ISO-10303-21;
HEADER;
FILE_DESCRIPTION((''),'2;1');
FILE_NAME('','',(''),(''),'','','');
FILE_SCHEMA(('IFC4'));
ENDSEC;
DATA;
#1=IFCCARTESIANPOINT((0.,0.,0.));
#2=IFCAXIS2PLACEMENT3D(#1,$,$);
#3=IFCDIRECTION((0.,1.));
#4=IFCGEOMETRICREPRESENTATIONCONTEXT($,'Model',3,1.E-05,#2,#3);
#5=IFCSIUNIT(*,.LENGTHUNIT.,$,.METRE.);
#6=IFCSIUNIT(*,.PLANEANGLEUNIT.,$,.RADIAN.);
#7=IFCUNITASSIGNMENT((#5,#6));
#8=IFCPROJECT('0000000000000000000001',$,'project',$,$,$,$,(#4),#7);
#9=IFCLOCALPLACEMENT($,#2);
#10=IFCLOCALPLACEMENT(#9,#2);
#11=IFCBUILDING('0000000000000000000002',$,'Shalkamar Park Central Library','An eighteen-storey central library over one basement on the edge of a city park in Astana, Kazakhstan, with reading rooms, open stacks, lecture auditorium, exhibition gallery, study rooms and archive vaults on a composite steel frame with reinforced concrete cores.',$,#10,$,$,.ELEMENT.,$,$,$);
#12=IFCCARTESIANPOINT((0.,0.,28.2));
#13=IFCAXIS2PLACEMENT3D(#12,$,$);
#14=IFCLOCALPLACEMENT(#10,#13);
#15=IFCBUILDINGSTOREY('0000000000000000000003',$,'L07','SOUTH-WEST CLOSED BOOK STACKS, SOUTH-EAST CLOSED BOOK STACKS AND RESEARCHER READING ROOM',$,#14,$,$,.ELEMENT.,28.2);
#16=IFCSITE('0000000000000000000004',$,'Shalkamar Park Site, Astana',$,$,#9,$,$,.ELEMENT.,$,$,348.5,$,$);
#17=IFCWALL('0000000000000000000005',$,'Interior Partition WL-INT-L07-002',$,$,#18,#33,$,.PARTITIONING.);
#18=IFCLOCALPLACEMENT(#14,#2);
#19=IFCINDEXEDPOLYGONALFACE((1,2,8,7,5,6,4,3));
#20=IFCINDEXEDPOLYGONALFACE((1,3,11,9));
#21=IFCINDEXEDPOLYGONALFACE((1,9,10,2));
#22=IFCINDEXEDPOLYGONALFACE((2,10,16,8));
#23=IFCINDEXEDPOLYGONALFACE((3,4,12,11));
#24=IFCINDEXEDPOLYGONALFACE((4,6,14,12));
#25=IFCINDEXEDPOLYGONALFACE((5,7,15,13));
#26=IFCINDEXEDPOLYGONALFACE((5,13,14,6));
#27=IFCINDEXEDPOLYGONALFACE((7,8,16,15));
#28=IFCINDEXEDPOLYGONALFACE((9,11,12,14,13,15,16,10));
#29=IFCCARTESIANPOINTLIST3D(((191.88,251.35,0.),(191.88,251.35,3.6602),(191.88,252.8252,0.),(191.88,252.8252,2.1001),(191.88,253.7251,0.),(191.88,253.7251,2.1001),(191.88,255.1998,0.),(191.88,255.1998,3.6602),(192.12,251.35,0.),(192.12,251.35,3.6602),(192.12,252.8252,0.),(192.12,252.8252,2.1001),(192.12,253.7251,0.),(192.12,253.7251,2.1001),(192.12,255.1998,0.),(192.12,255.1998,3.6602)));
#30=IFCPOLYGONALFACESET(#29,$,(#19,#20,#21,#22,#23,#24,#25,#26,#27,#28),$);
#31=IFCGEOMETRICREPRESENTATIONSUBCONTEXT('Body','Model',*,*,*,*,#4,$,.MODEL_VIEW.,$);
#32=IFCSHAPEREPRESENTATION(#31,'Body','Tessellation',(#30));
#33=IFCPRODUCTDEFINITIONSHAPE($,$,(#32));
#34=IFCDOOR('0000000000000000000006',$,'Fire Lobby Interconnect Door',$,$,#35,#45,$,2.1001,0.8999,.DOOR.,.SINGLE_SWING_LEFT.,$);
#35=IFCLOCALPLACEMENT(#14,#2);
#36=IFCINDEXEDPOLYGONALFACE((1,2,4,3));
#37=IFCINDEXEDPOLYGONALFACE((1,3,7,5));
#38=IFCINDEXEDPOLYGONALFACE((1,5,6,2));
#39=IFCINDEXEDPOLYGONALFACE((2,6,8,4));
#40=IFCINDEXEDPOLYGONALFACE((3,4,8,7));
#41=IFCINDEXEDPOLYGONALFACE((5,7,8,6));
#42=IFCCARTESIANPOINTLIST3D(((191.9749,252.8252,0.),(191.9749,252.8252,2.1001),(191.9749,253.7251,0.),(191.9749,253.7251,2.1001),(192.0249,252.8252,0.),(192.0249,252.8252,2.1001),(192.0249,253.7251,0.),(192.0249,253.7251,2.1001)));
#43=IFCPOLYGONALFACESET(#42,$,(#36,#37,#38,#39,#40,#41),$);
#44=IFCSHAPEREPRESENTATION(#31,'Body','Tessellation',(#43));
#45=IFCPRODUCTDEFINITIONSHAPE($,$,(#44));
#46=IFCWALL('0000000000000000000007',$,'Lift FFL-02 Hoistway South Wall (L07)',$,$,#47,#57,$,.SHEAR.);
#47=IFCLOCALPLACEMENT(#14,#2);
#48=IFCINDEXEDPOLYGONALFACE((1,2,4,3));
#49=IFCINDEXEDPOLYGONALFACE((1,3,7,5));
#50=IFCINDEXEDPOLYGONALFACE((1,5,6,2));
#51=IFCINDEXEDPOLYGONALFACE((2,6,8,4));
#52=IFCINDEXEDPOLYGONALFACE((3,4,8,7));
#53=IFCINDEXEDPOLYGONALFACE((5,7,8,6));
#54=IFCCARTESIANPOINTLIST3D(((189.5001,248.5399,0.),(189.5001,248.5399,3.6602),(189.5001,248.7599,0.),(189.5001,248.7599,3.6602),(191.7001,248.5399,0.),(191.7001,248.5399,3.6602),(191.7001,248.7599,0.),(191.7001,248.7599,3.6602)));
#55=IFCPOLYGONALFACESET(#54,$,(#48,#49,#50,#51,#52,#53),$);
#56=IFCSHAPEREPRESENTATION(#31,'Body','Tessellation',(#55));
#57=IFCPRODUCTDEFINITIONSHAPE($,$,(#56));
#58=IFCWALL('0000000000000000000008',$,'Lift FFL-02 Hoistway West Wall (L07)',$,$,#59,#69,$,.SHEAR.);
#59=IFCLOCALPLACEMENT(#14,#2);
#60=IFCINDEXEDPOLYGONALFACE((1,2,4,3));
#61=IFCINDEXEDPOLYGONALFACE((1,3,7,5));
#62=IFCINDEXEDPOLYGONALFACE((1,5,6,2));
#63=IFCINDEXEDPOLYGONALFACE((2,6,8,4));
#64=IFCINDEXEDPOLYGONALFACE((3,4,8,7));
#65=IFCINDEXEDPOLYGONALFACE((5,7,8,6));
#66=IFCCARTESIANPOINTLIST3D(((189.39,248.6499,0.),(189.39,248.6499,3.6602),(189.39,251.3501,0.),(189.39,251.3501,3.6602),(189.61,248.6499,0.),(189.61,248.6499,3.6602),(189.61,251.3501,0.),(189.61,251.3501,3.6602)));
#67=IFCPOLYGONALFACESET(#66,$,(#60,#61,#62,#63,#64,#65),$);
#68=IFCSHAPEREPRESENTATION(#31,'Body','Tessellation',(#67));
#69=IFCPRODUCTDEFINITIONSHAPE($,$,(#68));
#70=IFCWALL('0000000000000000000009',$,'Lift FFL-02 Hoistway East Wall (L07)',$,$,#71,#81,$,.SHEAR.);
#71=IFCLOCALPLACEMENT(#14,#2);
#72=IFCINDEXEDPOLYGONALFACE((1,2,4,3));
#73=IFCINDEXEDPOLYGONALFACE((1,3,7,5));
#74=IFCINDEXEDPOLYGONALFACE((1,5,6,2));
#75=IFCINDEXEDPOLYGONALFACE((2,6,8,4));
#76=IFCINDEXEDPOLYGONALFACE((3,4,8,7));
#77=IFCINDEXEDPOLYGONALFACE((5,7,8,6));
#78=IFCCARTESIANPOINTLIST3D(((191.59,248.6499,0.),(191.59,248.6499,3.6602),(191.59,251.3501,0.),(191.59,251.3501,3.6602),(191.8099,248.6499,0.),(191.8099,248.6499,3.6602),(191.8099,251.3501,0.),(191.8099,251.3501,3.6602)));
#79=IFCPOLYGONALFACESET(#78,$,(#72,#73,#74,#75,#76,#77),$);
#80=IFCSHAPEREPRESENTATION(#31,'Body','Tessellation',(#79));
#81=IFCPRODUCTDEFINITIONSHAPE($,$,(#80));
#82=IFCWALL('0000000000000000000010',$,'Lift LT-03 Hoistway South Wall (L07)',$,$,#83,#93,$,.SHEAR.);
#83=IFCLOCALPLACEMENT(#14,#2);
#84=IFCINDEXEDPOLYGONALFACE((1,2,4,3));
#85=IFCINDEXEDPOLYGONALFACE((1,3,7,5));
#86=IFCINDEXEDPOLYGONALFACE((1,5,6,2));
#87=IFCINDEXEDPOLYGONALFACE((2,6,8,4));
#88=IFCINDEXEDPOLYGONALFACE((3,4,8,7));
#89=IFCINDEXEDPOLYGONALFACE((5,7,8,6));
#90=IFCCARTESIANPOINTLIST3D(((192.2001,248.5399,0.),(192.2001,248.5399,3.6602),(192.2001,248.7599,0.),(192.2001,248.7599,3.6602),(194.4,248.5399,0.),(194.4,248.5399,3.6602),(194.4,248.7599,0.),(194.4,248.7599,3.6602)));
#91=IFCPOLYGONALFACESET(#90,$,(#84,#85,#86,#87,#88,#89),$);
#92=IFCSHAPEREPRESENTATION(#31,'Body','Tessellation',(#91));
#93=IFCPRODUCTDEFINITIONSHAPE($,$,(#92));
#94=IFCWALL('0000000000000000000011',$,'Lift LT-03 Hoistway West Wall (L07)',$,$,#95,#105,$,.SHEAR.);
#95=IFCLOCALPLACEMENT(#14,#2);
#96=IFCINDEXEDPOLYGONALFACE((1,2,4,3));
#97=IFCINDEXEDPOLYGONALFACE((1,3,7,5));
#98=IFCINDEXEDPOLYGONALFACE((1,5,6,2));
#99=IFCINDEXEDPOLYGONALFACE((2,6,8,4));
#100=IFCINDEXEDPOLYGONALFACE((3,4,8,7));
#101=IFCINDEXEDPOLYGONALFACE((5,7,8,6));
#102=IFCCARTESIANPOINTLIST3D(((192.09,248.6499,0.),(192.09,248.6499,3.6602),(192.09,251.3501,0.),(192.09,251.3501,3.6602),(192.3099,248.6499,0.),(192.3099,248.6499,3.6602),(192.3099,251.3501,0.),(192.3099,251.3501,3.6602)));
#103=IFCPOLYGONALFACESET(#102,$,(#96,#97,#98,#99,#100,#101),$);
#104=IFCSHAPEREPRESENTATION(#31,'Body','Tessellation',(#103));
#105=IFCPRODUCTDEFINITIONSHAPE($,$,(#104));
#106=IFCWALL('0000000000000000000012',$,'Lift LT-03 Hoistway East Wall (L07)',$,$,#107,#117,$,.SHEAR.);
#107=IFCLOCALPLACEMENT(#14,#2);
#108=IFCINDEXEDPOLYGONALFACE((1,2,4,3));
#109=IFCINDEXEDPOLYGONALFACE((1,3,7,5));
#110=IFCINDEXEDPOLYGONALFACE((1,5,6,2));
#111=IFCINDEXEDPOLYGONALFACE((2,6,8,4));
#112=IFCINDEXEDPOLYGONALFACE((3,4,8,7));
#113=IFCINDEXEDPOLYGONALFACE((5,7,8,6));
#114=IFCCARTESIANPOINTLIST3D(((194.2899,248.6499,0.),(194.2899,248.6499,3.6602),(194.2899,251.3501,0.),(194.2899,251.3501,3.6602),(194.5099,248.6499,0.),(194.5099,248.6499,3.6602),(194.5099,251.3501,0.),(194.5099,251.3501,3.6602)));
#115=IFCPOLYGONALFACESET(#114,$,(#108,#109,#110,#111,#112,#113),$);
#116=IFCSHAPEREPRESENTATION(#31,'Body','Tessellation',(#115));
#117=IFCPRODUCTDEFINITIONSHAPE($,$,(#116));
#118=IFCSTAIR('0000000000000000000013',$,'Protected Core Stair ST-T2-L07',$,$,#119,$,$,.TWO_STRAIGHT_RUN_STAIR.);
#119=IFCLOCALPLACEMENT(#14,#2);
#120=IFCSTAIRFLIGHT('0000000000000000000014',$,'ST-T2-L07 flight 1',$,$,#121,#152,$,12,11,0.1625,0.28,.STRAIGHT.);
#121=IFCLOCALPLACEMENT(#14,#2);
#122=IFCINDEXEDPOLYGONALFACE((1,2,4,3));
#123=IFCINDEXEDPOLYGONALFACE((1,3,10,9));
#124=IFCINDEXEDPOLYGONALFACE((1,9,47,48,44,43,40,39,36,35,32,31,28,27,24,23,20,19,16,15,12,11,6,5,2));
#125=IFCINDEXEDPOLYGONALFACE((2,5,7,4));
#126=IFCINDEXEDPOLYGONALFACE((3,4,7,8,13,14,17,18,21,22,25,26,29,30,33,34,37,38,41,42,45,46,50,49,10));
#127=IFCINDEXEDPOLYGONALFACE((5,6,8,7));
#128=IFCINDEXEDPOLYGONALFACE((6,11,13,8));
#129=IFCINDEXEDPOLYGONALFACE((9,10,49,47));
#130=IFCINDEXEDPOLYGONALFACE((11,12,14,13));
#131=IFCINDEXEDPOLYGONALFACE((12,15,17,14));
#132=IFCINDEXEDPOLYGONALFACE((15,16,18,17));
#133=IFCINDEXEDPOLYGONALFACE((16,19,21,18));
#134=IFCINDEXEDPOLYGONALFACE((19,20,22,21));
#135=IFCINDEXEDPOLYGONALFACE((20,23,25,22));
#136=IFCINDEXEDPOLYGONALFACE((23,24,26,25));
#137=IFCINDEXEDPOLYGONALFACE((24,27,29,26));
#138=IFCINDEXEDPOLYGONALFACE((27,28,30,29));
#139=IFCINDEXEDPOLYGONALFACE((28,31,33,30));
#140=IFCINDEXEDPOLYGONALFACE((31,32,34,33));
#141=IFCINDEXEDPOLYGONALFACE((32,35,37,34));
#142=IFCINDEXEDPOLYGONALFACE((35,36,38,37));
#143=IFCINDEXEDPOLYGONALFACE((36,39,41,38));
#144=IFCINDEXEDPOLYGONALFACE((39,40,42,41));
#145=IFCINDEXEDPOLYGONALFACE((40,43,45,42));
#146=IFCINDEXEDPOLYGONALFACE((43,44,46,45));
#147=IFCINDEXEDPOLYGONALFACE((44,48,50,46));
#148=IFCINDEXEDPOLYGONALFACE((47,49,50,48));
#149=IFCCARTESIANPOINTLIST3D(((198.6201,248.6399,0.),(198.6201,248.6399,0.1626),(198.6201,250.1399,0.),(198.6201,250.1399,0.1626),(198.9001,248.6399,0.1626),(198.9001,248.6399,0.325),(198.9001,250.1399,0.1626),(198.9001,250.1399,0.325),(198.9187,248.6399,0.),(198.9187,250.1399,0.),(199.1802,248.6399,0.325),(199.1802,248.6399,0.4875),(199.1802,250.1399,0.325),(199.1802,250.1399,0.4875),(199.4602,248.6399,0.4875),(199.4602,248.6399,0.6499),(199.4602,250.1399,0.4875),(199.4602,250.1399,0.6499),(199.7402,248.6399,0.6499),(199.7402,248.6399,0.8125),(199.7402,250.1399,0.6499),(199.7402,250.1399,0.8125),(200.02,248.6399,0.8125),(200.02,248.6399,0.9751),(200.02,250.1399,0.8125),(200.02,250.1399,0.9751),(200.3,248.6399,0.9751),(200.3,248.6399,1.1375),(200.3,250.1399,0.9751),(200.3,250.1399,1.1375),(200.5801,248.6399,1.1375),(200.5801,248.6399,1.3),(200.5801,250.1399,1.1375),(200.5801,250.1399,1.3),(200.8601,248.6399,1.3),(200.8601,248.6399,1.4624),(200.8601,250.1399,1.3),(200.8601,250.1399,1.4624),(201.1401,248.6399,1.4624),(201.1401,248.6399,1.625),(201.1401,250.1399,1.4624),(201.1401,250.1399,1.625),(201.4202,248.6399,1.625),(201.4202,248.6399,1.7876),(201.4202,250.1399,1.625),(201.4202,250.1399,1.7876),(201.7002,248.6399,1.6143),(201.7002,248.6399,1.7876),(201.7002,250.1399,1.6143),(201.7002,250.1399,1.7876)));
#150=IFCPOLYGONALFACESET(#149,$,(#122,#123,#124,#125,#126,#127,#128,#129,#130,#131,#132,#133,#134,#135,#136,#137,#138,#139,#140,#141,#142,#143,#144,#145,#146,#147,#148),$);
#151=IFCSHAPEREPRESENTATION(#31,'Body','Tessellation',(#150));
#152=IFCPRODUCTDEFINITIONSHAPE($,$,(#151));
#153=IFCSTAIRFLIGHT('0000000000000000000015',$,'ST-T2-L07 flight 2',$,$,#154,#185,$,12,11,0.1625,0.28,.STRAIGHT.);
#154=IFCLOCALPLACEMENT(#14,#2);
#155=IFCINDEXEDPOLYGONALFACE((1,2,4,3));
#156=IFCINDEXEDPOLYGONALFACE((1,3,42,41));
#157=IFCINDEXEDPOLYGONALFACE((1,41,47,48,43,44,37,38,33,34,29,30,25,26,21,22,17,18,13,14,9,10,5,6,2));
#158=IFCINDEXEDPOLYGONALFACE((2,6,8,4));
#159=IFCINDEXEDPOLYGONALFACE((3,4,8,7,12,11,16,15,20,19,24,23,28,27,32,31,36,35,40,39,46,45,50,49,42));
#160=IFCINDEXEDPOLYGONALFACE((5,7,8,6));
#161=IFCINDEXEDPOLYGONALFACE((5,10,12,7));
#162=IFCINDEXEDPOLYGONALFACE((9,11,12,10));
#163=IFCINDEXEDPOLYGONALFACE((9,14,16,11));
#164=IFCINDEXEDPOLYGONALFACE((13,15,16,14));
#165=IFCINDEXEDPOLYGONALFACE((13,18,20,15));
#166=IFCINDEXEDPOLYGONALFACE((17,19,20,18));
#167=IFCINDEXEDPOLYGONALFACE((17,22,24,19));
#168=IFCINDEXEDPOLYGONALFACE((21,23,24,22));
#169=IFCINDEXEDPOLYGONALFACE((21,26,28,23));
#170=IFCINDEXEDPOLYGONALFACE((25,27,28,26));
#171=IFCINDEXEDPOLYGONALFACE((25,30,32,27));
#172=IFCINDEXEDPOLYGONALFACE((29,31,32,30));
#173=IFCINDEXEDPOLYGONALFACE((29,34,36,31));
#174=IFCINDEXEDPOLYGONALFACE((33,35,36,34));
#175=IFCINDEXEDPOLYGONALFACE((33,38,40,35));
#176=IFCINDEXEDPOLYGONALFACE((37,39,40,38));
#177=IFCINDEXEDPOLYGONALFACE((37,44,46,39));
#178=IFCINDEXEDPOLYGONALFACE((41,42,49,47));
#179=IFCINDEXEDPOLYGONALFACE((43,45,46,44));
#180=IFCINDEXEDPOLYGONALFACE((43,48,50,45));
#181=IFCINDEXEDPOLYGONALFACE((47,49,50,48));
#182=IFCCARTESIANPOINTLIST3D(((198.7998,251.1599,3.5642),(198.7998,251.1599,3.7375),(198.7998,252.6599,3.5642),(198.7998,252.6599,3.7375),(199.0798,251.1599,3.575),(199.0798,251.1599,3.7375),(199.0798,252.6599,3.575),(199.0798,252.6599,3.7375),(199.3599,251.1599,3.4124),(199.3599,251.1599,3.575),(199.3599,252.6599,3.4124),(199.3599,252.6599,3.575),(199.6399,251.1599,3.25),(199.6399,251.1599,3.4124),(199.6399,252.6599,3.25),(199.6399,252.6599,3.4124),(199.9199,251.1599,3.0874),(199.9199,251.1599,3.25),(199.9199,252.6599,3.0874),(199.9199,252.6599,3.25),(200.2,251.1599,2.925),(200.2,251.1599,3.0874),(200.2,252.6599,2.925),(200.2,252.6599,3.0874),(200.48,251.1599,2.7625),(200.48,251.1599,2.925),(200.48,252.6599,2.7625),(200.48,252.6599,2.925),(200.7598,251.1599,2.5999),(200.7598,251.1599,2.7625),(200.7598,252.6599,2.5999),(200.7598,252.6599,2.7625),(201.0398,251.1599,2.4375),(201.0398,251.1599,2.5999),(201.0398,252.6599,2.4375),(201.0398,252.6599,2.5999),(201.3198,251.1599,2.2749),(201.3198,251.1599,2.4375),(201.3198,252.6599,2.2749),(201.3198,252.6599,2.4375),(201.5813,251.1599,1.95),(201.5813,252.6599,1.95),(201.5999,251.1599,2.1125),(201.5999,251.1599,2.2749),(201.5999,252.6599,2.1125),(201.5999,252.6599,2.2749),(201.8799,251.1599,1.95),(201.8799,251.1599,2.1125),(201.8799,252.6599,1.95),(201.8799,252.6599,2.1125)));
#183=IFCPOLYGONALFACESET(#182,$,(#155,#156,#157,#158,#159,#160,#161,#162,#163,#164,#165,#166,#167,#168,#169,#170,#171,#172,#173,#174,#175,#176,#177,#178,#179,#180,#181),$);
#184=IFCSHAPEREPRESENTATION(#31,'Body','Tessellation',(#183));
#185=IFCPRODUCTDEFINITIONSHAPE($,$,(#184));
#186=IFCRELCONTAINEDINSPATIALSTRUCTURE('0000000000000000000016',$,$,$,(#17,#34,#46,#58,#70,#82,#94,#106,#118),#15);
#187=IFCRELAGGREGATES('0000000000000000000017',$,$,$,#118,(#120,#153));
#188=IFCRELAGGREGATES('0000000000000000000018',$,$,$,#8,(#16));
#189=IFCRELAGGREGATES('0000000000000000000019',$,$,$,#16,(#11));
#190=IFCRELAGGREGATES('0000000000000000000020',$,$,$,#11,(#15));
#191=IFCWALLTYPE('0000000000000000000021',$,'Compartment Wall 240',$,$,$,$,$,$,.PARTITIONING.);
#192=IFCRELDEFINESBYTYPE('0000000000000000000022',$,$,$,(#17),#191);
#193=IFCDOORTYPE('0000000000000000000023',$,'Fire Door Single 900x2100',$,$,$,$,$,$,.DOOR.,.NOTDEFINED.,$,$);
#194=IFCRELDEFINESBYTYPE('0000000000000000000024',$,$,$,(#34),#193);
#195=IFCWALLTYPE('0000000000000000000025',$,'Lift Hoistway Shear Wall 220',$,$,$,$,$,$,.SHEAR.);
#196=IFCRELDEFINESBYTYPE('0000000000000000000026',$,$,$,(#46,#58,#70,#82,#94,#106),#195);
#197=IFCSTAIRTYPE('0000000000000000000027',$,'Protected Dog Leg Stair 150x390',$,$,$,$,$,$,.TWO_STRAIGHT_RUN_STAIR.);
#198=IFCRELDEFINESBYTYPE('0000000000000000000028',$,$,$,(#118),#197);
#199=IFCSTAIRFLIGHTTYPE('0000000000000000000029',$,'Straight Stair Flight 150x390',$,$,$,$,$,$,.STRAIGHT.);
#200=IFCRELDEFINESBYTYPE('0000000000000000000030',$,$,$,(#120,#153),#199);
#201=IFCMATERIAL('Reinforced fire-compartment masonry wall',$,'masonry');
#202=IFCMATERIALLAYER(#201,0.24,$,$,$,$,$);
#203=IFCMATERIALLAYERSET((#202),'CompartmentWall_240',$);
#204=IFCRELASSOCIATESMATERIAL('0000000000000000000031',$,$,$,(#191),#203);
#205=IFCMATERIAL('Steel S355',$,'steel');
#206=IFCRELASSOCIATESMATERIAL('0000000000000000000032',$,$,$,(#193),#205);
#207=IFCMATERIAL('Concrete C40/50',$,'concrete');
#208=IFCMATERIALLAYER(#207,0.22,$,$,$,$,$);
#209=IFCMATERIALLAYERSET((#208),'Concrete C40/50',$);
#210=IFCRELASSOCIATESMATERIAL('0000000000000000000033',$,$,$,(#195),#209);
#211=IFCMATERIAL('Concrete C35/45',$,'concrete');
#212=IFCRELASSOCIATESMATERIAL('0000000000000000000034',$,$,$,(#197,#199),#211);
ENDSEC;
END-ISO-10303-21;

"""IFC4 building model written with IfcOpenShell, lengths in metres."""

from ifc_helpers import new_model, si_unit, direction, frame, frame_2d, origin, place, context, subcontext, project, spatial, polyline, rectangle, outline, extrude, material, layer, layer_set, type_object, element, fill, aggregate, save


model = new_model("IFC4")

# Units and contexts
model_context = context("Model", 3, precision=1e-05, world=origin(), true_north=direction((0.0, 1.0)))
body_context = subcontext(model_context, "Body", "Model", "MODEL_VIEW")
ifc_project = project(units=[si_unit("LENGTHUNIT", "METRE"), si_unit("PLANEANGLEUNIT", "RADIAN")], contexts=[model_context])

# Site, building, storey
site_placement = place(None, origin())
site = spatial("IfcSite", under=ifc_project, at=site_placement, Name="Shalkamar Park Site, Astana", CompositionType="ELEMENT", RefElevation=348.5)
building_placement = place(site_placement, origin())
building = spatial("IfcBuilding", under=site, at=building_placement, Name="Shalkamar Park Central Library", Description="An eighteen-storey central library over one basement on the edge of a city park in Astana, Kazakhstan, with reading rooms, open stacks, lecture auditorium, exhibition gallery, study rooms and archive vaults on a composite steel frame with reinforced concrete cores.", CompositionType="ELEMENT")
storey_placement = place(building_placement, frame((0.0, 0.0, 28.2)))
storey = spatial("IfcBuildingStorey", under=building, at=storey_placement, Name="L07", Description="SOUTH-WEST CLOSED BOOK STACKS, SOUTH-EAST CLOSED BOOK STACKS AND RESEARCHER READING ROOM", CompositionType="ELEMENT", Elevation=28.2)

# Shared definitions
ifc_material_1 = material(Name="Steel S355", Category="steel")

# Wall, opening, door
ifc_material_2 = material(Name="Reinforced fire-compartment masonry wall", Category="masonry")
ifc_layer_1 = layer(ifc_material_2, 0.24)
ifc_layer_set_1 = layer_set([ifc_layer_1], Name="CompartmentWall_240")
wall_type_1 = type_object("IfcWallType", Name="Compartment Wall 240", PredefinedType="PARTITIONING", material=ifc_layer_set_1)
wall_1_placement = place(storey_placement, frame((192.0, 251.3501, 0.0), z_axis=(0.0, 0.0, 1.0), x_axis=(0.0, 1.0, 0.0)))
wall_1 = element("IfcWall", 1, at=wall_1_placement, inside=storey, type_object=wall_type_1, Name="Interior Partition WL-INT-L07-002", PredefinedType="PARTITIONING", context=body_context, shape_type="SweptSolid", body=[
    extrude(rectangle(XDim=3.8499, YDim=0.24, at=frame_2d((1.9248, 0.0))), origin(), (0.0, 0.0, 1.0), 3.6602),
])
opening_1_placement = place(wall_1_placement, frame((1.4751, 0.0, 0.0)))
opening_1 = element("IfcOpeningElement", 2, at=opening_1_placement, cuts=wall_1, PredefinedType="OPENING", context=body_context, shape_type="SweptSolid", body=[
    extrude(rectangle(XDim=0.8999, YDim=2.1001, at=frame_2d((0.45, 1.05))), frame((0.0, 0.1348, 0.0), z_axis=(0.0, -1.0, 0.0), x_axis=(1.0, 0.0, 0.0)), (0.0, 0.0, 1.0), 0.2698),
])
door_type_1 = type_object("IfcDoorType", Name="Fire Door Single 900x2100", OperationType="NOTDEFINED", PredefinedType="DOOR", material=ifc_material_1)
door_1_placement = place(opening_1_placement, frame((0.8999, 0.0, 0.0), z_axis=(0.0, 0.0, 1.0), x_axis=(-1.0, 0.0, 0.0)))
door_1 = element("IfcDoor", 3, at=door_1_placement, inside=storey, type_object=door_type_1, Name="Fire Lobby Interconnect Door", OperationType="SINGLE_SWING_LEFT", OverallHeight=2.1001, OverallWidth=0.8999, PredefinedType="DOOR", context=body_context, shape_type="SweptSolid", body=[
    extrude(rectangle(XDim=0.8999, YDim=2.1001, at=frame_2d((0.45, 1.05))), frame((0.0, 0.0249, 0.0), z_axis=(0.0, -1.0, 0.0), x_axis=(1.0, 0.0, 0.0)), (0.0, 0.0, 1.0), 0.05),
])
fill(opening_1, door_1)

# Walls
ifc_material_3 = material(Name="Concrete C40/50", Category="concrete")
ifc_layer_2 = layer(ifc_material_3, 0.22)
ifc_layer_set_2 = layer_set([ifc_layer_2], Name="Concrete C40/50")
wall_type_2 = type_object("IfcWallType", Name="Lift Hoistway Shear Wall 220", PredefinedType="SHEAR", material=ifc_layer_set_2)
wall_2_placement = place(storey_placement, frame((189.5, 248.6499, 0.0), z_axis=(0.0, 0.0, 1.0), x_axis=(1.0, 0.0, 0.0)))
element("IfcWall", 4, at=wall_2_placement, inside=storey, type_object=wall_type_2, Name="Lift FFL-02 Hoistway South Wall (L07)", PredefinedType="SHEAR", context=body_context, shape_type="SweptSolid", body=[
    extrude(rectangle(XDim=2.2, YDim=0.22, at=frame_2d((1.1001, 0.0))), origin(), (0.0, 0.0, 1.0), 3.6602),
])
for number, where, z_axis, x_axis, name in (
    (5, (189.5, 248.6499, 0.0), (0.0, 0.0, 1.0), (0.0, 1.0, 0.0), "Lift FFL-02 Hoistway West Wall (L07)"),
    (6, (191.7, 248.6499, 0.0), (0.0, 0.0, 1.0), (0.0, 1.0, 0.0), "Lift FFL-02 Hoistway East Wall (L07)"),
):
    element("IfcWall", number, at=place(storey_placement, frame(where, z_axis=z_axis, x_axis=x_axis)), inside=storey, type_object=wall_type_2, Name=name, PredefinedType="SHEAR", context=body_context, shape_type="SweptSolid", body=[
        extrude(rectangle(XDim=2.7002, YDim=0.22, at=frame_2d((1.3501, 0.0))), origin(), (0.0, 0.0, 1.0), 3.6602),
    ])

# Walls
wall_3_placement = place(storey_placement, frame((192.2, 248.6499, 0.0), z_axis=(0.0, 0.0, 1.0), x_axis=(1.0, 0.0, 0.0)))
element("IfcWall", 7, at=wall_3_placement, inside=storey, type_object=wall_type_2, Name="Lift LT-03 Hoistway South Wall (L07)", PredefinedType="SHEAR", context=body_context, shape_type="SweptSolid", body=[
    extrude(rectangle(XDim=2.2, YDim=0.22, at=frame_2d((1.1001, 0.0))), origin(), (0.0, 0.0, 1.0), 3.6602),
])
for number, where, z_axis, x_axis, name in (
    (8, (192.2, 248.6499, 0.0), (0.0, 0.0, 1.0), (0.0, 1.0, 0.0), "Lift LT-03 Hoistway West Wall (L07)"),
    (9, (194.3999, 248.6499, 0.0), (0.0, 0.0, 1.0), (0.0, 1.0, 0.0), "Lift LT-03 Hoistway East Wall (L07)"),
):
    element("IfcWall", number, at=place(storey_placement, frame(where, z_axis=z_axis, x_axis=x_axis)), inside=storey, type_object=wall_type_2, Name=name, PredefinedType="SHEAR", context=body_context, shape_type="SweptSolid", body=[
        extrude(rectangle(XDim=2.7002, YDim=0.22, at=frame_2d((1.3501, 0.0))), origin(), (0.0, 0.0, 1.0), 3.6602),
    ])

# Stair, stair flights
ifc_material_4 = material(Name="Concrete C35/45", Category="concrete")
stair_type = type_object("IfcStairType", Name="Protected Dog Leg Stair 150x390", PredefinedType="TWO_STRAIGHT_RUN_STAIR", material=ifc_material_4)
stair_placement = place(storey_placement, origin())
stair = element("IfcStair", 10, at=stair_placement, inside=storey, type_object=stair_type, Name="Protected Core Stair ST-T2-L07", PredefinedType="TWO_STRAIGHT_RUN_STAIR")
stair_flight_type = type_object("IfcStairFlightType", Name="Straight Stair Flight 150x390", PredefinedType="STRAIGHT", material=ifc_material_4)
stair_flight_1_placement = place(storey_placement, frame((198.6201, 249.3899, 0.0), z_axis=(0.0, 0.0, 1.0), x_axis=(1.0, 0.0, 0.0)))
stair_flight_1 = element("IfcStairFlight", 11, at=stair_flight_1_placement, type_object=stair_flight_type, Name="ST-T2-L07 flight 1", NumberOfRisers=12, NumberOfTreads=11, PredefinedType="STRAIGHT", RiserHeight=0.1625, TreadLength=0.28, context=body_context, shape_type="SweptSolid", body=[
    extrude(outline(polyline([(0.0, 0.0), (0.0, 0.1626), (0.28, 0.1626), (0.28, 0.325), (0.5601, 0.325), (0.5601, 0.4875), (0.8401, 0.4875), (0.8401, 0.6499), (1.1201, 0.6499), (1.1201, 0.8125), (1.3999, 0.8125), (1.3999, 0.9751), (1.6799, 0.9751), (1.6799, 1.1375), (1.96, 1.1375), (1.96, 1.3), (2.24, 1.3), (2.24, 1.4624), (2.52, 1.4624), (2.52, 1.625), (2.8, 1.625), (2.8, 1.7876), (3.0801, 1.7876), (3.0801, 1.95), (3.0801, 1.6143), (0.2986, 0.0), (0.0, 0.0)])), frame((0.0, 0.75, 0.0), z_axis=(0.0, -1.0, 0.0), x_axis=(1.0, 0.0, 0.0)), (0.0, 0.0, 1.0), 1.5),
])
stair_flight_2_placement = place(storey_placement, frame((201.8799, 251.9099, 1.95), z_axis=(0.0, 0.0, 1.0), x_axis=(-1.0, 0.0, 0.0)))
stair_flight_2 = element("IfcStairFlight", 12, at=stair_flight_2_placement, type_object=stair_flight_type, Name="ST-T2-L07 flight 2", NumberOfRisers=12, NumberOfTreads=11, PredefinedType="STRAIGHT", RiserHeight=0.1625, TreadLength=0.28, context=body_context, shape_type="SweptSolid", body=[
    extrude(outline(polyline([(0.0, 0.0), (0.0, 0.1626), (0.28, 0.1626), (0.28, 0.325), (0.5601, 0.325), (0.5601, 0.4875), (0.8401, 0.4875), (0.8401, 0.6499), (1.1201, 0.6499), (1.1201, 0.8125), (1.3999, 0.8125), (1.3999, 0.9751), (1.6799, 0.9751), (1.6799, 1.1375), (1.96, 1.1375), (1.96, 1.3), (2.24, 1.3), (2.24, 1.4624), (2.52, 1.4624), (2.52, 1.625), (2.8, 1.625), (2.8, 1.7876), (3.0801, 1.7876), (3.0801, 1.95), (3.0801, 1.6143), (0.2986, 0.0), (0.0, 0.0)])), frame((0.0, 0.75, 0.0), z_axis=(0.0, -1.0, 0.0), x_axis=(1.0, 0.0, 0.0)), (0.0, 0.0, 1.0), 1.5),
])
aggregate(stair, [stair_flight_1, stair_flight_2])

save(model, "model.ifc")
